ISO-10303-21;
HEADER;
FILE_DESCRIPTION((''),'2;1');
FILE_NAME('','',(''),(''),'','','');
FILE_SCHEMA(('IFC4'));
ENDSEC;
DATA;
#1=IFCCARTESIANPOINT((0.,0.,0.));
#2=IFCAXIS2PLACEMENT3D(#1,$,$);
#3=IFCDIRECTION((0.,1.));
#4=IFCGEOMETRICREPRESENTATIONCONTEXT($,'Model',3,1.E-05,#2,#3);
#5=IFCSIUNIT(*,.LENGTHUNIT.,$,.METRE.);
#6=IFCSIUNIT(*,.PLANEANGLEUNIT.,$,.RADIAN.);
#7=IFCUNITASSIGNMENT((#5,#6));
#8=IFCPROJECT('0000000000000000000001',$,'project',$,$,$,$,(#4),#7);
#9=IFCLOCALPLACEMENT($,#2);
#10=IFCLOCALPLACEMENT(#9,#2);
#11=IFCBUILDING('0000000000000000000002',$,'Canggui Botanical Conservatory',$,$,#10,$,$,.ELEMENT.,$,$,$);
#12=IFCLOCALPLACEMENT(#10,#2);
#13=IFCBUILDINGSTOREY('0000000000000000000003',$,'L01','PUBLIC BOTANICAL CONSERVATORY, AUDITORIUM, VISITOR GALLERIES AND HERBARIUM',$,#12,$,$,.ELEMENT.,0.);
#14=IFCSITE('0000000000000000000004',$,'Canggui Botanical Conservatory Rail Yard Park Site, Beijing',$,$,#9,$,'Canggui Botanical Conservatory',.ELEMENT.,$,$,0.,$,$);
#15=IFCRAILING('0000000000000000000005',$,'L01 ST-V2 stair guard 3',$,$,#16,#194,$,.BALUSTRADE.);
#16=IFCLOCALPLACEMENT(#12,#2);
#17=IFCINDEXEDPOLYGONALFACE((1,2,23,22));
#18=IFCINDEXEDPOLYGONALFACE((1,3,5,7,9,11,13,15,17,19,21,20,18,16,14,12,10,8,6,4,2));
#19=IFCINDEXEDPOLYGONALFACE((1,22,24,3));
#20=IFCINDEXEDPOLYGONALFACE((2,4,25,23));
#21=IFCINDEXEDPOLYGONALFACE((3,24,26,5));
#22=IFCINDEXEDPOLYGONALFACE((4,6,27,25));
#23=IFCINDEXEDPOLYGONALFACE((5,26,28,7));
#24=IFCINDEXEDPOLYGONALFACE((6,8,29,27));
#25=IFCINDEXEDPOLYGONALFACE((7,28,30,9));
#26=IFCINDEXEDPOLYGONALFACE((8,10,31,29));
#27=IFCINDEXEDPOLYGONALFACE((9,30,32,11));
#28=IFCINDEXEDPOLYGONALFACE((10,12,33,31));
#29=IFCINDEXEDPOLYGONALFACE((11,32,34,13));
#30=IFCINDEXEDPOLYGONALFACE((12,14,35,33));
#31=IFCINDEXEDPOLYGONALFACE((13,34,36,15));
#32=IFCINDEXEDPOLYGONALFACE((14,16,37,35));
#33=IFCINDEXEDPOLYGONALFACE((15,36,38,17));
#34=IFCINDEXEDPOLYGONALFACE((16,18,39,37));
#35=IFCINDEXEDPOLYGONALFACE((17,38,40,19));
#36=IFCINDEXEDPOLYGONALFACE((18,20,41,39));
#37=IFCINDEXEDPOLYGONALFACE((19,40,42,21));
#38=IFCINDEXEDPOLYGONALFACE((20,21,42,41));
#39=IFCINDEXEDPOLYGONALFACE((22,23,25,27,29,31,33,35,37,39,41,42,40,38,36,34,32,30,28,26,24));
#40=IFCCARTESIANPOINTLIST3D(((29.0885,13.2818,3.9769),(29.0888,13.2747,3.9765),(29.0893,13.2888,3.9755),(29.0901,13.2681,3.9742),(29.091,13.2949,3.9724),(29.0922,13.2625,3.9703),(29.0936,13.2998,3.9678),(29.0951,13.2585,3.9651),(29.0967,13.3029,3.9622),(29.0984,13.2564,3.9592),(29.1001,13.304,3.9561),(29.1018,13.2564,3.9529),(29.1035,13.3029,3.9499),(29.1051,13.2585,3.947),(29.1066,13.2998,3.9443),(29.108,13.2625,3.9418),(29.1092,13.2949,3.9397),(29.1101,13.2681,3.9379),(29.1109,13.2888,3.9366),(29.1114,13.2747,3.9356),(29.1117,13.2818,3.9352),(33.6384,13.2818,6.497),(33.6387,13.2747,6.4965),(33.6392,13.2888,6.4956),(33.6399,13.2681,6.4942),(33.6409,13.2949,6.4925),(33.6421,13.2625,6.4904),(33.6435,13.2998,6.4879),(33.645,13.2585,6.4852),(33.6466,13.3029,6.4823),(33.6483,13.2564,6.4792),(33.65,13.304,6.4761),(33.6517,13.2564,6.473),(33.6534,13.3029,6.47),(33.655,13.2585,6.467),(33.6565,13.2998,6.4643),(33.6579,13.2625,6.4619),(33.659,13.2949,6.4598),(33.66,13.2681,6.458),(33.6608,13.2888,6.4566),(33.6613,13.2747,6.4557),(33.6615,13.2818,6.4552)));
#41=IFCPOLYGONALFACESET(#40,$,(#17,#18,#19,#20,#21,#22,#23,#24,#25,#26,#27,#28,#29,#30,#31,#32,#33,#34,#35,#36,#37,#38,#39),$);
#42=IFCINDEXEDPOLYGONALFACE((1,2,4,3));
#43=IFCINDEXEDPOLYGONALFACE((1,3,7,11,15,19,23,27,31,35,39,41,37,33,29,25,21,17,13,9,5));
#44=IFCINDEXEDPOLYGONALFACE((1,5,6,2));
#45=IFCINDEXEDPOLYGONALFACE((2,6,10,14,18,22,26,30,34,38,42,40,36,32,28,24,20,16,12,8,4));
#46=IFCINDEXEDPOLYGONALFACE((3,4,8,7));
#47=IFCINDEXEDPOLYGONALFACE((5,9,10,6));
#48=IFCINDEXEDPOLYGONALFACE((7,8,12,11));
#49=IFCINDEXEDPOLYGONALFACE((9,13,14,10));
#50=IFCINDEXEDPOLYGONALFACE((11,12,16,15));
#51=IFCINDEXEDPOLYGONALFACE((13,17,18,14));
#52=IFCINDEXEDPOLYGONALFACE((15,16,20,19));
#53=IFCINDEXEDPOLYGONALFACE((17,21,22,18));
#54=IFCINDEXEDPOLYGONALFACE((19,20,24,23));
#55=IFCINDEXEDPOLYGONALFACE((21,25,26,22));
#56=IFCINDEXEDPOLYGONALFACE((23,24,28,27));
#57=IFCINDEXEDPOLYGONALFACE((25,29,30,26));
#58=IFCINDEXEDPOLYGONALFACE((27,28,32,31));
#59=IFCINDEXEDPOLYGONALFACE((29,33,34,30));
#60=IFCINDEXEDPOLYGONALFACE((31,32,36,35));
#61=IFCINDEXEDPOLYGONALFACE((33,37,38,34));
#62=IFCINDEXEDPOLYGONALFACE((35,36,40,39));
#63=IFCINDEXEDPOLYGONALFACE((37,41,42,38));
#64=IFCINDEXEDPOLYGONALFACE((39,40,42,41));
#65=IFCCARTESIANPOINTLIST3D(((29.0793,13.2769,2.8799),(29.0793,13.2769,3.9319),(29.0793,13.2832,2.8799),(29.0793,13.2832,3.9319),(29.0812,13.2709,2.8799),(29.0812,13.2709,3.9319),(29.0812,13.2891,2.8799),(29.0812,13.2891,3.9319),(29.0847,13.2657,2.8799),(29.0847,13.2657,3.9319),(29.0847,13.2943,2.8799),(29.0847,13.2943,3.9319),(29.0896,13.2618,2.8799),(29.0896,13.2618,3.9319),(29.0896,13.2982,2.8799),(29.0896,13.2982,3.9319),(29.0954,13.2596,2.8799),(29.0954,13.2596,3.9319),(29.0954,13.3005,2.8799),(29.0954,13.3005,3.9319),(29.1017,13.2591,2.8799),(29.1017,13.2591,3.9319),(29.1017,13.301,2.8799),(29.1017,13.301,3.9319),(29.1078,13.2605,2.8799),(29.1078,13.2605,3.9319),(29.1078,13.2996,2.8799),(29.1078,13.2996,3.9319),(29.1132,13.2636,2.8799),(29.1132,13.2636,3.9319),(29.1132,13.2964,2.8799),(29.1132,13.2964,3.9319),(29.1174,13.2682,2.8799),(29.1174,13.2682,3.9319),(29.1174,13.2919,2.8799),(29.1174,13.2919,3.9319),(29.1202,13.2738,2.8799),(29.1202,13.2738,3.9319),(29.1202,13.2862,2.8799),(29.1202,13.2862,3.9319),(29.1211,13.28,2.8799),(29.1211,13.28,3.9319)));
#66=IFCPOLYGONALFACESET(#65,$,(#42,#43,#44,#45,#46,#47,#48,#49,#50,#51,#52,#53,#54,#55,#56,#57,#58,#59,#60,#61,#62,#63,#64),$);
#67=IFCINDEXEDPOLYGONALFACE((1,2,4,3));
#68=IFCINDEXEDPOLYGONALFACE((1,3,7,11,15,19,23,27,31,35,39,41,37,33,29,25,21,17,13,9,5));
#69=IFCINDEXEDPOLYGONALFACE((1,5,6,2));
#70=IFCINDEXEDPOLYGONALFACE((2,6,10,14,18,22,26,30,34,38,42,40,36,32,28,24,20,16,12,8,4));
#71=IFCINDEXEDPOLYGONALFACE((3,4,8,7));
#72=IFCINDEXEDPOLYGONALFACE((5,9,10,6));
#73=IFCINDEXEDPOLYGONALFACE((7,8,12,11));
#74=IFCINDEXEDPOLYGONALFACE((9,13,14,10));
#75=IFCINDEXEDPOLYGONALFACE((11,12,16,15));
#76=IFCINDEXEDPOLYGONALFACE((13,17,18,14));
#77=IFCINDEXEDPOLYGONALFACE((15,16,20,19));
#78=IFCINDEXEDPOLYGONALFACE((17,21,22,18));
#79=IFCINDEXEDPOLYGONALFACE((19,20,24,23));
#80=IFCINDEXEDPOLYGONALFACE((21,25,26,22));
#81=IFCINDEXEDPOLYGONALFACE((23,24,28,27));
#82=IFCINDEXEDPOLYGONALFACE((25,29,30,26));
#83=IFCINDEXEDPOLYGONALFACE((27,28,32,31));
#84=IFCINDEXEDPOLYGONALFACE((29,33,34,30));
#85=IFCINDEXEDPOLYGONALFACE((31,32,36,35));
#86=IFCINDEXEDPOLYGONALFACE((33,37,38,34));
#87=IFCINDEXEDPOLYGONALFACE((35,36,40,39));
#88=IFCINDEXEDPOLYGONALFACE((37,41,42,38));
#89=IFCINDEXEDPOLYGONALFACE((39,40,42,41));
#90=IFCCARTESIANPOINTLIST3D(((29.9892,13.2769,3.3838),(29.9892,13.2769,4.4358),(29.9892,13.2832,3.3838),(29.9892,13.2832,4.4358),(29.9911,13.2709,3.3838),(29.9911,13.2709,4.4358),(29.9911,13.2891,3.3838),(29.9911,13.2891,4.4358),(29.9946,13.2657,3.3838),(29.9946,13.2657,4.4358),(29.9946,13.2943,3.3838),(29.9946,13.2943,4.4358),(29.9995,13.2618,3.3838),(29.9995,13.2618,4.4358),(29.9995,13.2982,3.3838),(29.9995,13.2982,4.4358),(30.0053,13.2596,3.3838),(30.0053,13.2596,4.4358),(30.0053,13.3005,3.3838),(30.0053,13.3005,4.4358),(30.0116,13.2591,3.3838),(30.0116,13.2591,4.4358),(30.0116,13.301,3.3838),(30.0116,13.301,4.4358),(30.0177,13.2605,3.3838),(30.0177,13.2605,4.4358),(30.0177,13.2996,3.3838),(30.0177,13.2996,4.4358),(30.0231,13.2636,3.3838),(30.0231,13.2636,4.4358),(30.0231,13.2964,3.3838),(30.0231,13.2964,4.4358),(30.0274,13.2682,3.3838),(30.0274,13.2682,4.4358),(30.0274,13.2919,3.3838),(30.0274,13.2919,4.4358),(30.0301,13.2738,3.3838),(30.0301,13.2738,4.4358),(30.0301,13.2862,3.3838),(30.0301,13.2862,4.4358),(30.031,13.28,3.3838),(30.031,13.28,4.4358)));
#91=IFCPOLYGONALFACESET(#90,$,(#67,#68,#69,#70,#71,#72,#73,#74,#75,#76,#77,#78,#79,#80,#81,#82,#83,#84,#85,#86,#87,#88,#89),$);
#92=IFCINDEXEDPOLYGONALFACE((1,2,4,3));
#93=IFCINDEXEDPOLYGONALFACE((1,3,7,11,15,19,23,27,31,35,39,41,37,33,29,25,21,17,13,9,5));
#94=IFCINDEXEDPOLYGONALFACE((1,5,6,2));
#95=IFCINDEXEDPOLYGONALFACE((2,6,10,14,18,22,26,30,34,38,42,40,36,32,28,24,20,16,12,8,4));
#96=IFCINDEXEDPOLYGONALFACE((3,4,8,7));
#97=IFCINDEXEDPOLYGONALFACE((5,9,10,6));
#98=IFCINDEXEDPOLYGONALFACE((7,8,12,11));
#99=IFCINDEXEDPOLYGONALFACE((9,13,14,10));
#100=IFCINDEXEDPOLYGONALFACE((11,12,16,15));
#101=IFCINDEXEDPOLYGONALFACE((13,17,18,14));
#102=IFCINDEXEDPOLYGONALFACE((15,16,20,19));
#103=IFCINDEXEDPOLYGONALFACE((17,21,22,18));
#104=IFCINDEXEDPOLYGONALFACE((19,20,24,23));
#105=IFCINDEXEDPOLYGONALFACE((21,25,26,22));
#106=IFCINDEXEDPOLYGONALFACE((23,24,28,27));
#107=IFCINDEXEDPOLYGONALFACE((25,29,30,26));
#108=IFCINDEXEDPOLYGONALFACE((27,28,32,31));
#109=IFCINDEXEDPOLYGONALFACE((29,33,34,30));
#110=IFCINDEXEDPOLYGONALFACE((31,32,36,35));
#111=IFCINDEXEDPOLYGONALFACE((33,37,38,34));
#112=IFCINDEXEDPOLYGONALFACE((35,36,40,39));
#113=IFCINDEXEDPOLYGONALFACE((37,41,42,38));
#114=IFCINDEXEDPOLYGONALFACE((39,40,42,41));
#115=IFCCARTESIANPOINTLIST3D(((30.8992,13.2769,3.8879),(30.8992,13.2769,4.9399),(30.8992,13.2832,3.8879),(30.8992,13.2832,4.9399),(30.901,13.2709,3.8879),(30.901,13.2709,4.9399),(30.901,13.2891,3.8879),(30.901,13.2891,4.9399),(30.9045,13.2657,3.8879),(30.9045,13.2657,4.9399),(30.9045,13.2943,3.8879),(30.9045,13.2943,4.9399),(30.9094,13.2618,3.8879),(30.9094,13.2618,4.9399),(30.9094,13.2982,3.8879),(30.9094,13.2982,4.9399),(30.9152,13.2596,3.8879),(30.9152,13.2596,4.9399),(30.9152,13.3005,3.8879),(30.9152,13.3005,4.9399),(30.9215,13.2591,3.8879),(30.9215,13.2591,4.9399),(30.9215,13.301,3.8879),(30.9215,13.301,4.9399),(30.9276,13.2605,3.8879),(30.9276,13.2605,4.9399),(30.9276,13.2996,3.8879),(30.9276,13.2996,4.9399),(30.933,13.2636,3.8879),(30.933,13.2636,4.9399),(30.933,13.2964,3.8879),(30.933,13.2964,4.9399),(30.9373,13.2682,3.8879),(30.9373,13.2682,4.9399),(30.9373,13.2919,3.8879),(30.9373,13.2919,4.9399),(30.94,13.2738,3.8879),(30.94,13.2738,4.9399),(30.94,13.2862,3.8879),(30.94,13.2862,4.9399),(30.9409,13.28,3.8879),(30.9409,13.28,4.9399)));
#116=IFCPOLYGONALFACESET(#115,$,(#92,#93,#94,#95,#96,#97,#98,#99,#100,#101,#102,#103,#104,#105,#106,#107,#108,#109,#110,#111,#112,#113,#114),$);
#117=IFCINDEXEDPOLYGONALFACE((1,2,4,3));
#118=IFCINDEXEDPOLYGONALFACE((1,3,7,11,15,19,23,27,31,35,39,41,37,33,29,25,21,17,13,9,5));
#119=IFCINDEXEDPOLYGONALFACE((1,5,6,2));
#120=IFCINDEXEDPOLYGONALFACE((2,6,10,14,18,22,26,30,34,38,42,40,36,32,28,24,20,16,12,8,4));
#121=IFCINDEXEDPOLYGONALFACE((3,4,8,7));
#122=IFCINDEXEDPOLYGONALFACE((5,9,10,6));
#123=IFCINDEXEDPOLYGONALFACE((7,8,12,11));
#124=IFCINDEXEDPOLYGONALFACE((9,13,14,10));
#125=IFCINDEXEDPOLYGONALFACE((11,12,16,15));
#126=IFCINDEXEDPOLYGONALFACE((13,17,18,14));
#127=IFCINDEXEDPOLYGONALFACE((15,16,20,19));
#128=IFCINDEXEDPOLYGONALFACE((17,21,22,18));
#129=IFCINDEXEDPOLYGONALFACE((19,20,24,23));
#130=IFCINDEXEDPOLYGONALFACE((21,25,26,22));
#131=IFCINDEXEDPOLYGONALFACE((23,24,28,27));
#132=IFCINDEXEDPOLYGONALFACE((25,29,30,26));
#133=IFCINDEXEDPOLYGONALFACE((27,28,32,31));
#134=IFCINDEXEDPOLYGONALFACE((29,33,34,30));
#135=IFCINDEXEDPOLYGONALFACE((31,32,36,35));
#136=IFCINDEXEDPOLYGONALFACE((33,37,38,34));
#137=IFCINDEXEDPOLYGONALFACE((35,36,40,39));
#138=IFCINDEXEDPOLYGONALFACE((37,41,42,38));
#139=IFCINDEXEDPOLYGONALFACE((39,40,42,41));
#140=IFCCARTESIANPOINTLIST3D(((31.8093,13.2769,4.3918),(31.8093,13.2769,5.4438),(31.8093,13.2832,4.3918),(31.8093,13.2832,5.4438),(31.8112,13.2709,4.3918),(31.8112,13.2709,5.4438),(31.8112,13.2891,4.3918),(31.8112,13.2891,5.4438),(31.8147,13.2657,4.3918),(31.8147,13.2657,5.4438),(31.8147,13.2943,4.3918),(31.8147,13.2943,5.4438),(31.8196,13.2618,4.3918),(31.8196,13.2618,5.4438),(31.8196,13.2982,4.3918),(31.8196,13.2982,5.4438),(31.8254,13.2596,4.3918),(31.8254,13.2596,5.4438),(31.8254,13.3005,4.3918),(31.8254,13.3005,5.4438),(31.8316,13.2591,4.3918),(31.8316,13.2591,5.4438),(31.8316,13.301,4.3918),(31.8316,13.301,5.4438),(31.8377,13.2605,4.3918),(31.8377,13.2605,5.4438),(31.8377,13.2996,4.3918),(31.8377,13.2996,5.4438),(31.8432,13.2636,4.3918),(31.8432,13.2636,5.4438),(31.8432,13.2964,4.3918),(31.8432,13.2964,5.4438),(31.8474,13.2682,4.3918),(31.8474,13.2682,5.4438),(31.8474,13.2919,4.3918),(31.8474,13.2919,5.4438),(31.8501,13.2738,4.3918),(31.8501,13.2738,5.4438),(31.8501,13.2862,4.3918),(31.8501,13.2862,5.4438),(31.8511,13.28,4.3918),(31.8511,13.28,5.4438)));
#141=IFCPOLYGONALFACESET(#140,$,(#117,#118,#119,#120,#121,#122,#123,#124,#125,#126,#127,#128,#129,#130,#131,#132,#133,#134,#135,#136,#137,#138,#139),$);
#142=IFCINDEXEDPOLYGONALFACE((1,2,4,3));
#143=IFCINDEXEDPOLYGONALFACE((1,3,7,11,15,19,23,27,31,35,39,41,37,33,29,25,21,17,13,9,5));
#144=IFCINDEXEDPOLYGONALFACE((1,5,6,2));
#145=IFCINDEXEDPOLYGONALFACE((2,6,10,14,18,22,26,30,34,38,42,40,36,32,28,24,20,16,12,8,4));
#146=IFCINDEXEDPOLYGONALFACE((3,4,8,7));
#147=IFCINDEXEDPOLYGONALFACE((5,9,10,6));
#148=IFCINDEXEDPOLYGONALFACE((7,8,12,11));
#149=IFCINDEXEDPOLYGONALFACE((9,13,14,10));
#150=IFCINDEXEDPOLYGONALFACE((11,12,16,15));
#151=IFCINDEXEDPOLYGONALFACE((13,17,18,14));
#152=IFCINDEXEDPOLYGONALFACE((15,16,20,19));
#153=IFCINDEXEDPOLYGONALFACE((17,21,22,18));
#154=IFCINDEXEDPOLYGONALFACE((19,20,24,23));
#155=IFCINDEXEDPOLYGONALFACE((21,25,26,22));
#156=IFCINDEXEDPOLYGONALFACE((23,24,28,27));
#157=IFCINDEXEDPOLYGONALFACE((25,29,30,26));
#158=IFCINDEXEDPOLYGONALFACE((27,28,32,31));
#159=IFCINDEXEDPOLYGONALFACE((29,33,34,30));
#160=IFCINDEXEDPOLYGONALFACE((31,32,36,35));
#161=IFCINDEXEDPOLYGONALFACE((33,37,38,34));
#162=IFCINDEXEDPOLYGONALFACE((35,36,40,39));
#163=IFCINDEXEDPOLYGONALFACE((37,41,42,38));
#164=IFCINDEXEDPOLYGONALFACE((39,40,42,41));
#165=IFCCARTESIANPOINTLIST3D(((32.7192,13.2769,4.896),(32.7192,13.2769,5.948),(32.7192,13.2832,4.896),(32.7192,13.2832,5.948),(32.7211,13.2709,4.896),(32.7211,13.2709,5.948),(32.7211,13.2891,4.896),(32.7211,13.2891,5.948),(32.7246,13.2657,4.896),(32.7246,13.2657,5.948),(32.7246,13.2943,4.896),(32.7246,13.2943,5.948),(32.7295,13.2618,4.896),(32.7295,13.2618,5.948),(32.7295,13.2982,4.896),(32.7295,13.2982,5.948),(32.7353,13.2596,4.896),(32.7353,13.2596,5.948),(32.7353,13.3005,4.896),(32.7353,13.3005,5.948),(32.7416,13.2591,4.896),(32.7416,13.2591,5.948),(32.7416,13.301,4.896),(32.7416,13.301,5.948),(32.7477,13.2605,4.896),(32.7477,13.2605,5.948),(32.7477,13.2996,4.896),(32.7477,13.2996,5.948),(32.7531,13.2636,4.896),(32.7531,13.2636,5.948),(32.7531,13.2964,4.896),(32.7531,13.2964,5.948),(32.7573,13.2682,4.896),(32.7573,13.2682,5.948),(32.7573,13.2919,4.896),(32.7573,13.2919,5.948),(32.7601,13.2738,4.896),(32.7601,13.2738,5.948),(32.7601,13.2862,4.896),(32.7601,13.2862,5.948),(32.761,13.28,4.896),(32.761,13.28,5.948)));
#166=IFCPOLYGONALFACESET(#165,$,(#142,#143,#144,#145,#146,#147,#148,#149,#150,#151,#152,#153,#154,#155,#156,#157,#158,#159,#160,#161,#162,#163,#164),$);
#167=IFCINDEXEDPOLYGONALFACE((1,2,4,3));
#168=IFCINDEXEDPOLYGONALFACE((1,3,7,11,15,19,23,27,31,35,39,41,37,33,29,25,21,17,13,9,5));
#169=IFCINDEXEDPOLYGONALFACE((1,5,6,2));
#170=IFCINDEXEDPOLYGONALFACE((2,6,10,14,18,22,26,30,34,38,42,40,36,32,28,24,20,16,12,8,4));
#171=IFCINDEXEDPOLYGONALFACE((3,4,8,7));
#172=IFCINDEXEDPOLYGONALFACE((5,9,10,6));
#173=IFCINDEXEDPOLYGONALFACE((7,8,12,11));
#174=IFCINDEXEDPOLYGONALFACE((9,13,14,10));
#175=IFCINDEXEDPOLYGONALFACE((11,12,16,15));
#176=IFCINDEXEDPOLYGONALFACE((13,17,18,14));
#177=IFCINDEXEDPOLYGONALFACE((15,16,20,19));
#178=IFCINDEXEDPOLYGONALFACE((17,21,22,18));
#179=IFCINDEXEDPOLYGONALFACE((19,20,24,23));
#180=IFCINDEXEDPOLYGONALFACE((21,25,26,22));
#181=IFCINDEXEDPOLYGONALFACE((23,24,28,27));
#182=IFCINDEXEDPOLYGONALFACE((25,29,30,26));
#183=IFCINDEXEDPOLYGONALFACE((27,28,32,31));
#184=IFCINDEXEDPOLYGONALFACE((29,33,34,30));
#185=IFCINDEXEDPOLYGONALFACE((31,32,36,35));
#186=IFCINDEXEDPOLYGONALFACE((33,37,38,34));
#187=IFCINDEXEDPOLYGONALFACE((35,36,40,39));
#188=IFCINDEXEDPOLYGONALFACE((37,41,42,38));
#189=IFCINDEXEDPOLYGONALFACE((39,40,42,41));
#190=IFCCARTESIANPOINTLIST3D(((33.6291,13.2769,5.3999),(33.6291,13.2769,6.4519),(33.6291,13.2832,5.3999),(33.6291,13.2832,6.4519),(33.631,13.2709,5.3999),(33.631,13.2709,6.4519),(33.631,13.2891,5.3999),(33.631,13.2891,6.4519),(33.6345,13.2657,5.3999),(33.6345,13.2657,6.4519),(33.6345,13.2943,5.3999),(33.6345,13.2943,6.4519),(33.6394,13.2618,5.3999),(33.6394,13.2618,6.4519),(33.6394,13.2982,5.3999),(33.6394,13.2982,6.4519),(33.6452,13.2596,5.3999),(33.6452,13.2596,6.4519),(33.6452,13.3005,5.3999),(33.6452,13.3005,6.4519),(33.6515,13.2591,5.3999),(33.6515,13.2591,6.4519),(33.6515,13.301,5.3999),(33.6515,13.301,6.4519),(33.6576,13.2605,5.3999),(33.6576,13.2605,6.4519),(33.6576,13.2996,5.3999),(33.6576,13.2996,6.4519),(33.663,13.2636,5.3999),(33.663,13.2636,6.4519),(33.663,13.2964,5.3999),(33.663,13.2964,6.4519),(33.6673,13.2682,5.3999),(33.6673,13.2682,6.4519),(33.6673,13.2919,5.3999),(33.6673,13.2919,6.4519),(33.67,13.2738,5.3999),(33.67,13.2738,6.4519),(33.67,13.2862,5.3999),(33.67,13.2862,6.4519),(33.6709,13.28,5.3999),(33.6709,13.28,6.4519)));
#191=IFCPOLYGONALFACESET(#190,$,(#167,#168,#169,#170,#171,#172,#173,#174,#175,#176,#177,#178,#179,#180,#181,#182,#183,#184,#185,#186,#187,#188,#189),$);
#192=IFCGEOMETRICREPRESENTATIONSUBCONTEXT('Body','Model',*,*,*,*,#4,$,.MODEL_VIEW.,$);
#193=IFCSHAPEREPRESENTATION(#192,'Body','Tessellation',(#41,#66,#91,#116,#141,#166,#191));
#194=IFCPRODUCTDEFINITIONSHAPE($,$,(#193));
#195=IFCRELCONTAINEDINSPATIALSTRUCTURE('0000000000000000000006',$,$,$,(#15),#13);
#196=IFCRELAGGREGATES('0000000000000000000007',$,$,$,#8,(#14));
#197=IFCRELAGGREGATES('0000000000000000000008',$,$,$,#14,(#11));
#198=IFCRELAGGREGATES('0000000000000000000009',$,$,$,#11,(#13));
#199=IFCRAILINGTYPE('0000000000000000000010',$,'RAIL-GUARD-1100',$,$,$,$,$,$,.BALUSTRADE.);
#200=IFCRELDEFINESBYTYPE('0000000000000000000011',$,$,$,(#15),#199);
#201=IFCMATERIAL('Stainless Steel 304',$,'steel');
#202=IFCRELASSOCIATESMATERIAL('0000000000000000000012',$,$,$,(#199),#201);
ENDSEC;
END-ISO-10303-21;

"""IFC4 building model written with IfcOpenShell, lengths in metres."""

from ifc_helpers import new_model, si_unit, direction, frame, origin, origin_2d, place, context, subcontext, project, spatial, circle, extrude, material, type_object, element, save


model = new_model("IFC4")

# Units and contexts
model_context = context("Model", 3, precision=1e-05, world=origin(), true_north=direction((0.0, 1.0)))
body_context = subcontext(model_context, "Body", "Model", "MODEL_VIEW")
ifc_project = project(units=[si_unit("LENGTHUNIT", "METRE"), si_unit("PLANEANGLEUNIT", "RADIAN")], contexts=[model_context])

# Site, building, storey
site_placement = place(None, origin())
site = spatial("IfcSite", under=ifc_project, at=site_placement, Name="Canggui Botanical Conservatory Rail Yard Park Site, Beijing", LongName="Canggui Botanical Conservatory", CompositionType="ELEMENT", RefElevation=0.0)
building_placement = place(site_placement, origin())
building = spatial("IfcBuilding", under=site, at=building_placement, Name="Canggui Botanical Conservatory", CompositionType="ELEMENT")
storey_placement = place(building_placement, origin())
storey = spatial("IfcBuildingStorey", under=building, at=storey_placement, Name="L01", Description="PUBLIC BOTANICAL CONSERVATORY, AUDITORIUM, VISITOR GALLERIES AND HERBARIUM", CompositionType="ELEMENT", Elevation=0.0)

# Railing
ifc_material_1 = material(Name="Stainless Steel 304", Category="steel")
railing_type_1 = type_object("IfcRailingType", Name="RAIL-GUARD-1100", PredefinedType="BALUSTRADE", material=ifc_material_1)
railing_1_placement = place(storey_placement, frame((29.1001, 13.28, 2.8799)))
element("IfcRailing", 1, at=railing_1_placement, inside=storey, type_object=railing_type_1, Name="L01 ST-V2 stair guard 3", PredefinedType="BALUSTRADE", context=body_context, shape_type="SweptSolid", body=[
    extrude(circle(Radius=0.0239, at=origin_2d()), frame((0.0, 0.0, 1.0762), z_axis=(0.874781, 0.0, 0.484519), x_axis=(0.0, 1.0, 0.0)), (0.0, 0.0, 1.0), 5.2012),
    extrude(circle(Radius=0.021, at=origin_2d()), origin(), (0.0, 0.0, 1.0), 1.052),
    extrude(circle(Radius=0.021, at=origin_2d()), frame((0.9099, 0.0, 0.5039)), (0.0, 0.0, 1.0), 1.052),
    extrude(circle(Radius=0.021, at=origin_2d()), frame((1.8198, 0.0, 1.0081)), (0.0, 0.0, 1.0), 1.052),
    extrude(circle(Radius=0.021, at=origin_2d()), frame((2.73, 0.0, 1.512)), (0.0, 0.0, 1.0), 1.052),
    extrude(circle(Radius=0.021, at=origin_2d()), frame((3.6399, 0.0, 2.0161)), (0.0, 0.0, 1.0), 1.052),
    extrude(circle(Radius=0.021, at=origin_2d()), frame((4.5498, 0.0, 2.52)), (0.0, 0.0, 1.0), 1.052),
])

save(model, "model.ifc")
